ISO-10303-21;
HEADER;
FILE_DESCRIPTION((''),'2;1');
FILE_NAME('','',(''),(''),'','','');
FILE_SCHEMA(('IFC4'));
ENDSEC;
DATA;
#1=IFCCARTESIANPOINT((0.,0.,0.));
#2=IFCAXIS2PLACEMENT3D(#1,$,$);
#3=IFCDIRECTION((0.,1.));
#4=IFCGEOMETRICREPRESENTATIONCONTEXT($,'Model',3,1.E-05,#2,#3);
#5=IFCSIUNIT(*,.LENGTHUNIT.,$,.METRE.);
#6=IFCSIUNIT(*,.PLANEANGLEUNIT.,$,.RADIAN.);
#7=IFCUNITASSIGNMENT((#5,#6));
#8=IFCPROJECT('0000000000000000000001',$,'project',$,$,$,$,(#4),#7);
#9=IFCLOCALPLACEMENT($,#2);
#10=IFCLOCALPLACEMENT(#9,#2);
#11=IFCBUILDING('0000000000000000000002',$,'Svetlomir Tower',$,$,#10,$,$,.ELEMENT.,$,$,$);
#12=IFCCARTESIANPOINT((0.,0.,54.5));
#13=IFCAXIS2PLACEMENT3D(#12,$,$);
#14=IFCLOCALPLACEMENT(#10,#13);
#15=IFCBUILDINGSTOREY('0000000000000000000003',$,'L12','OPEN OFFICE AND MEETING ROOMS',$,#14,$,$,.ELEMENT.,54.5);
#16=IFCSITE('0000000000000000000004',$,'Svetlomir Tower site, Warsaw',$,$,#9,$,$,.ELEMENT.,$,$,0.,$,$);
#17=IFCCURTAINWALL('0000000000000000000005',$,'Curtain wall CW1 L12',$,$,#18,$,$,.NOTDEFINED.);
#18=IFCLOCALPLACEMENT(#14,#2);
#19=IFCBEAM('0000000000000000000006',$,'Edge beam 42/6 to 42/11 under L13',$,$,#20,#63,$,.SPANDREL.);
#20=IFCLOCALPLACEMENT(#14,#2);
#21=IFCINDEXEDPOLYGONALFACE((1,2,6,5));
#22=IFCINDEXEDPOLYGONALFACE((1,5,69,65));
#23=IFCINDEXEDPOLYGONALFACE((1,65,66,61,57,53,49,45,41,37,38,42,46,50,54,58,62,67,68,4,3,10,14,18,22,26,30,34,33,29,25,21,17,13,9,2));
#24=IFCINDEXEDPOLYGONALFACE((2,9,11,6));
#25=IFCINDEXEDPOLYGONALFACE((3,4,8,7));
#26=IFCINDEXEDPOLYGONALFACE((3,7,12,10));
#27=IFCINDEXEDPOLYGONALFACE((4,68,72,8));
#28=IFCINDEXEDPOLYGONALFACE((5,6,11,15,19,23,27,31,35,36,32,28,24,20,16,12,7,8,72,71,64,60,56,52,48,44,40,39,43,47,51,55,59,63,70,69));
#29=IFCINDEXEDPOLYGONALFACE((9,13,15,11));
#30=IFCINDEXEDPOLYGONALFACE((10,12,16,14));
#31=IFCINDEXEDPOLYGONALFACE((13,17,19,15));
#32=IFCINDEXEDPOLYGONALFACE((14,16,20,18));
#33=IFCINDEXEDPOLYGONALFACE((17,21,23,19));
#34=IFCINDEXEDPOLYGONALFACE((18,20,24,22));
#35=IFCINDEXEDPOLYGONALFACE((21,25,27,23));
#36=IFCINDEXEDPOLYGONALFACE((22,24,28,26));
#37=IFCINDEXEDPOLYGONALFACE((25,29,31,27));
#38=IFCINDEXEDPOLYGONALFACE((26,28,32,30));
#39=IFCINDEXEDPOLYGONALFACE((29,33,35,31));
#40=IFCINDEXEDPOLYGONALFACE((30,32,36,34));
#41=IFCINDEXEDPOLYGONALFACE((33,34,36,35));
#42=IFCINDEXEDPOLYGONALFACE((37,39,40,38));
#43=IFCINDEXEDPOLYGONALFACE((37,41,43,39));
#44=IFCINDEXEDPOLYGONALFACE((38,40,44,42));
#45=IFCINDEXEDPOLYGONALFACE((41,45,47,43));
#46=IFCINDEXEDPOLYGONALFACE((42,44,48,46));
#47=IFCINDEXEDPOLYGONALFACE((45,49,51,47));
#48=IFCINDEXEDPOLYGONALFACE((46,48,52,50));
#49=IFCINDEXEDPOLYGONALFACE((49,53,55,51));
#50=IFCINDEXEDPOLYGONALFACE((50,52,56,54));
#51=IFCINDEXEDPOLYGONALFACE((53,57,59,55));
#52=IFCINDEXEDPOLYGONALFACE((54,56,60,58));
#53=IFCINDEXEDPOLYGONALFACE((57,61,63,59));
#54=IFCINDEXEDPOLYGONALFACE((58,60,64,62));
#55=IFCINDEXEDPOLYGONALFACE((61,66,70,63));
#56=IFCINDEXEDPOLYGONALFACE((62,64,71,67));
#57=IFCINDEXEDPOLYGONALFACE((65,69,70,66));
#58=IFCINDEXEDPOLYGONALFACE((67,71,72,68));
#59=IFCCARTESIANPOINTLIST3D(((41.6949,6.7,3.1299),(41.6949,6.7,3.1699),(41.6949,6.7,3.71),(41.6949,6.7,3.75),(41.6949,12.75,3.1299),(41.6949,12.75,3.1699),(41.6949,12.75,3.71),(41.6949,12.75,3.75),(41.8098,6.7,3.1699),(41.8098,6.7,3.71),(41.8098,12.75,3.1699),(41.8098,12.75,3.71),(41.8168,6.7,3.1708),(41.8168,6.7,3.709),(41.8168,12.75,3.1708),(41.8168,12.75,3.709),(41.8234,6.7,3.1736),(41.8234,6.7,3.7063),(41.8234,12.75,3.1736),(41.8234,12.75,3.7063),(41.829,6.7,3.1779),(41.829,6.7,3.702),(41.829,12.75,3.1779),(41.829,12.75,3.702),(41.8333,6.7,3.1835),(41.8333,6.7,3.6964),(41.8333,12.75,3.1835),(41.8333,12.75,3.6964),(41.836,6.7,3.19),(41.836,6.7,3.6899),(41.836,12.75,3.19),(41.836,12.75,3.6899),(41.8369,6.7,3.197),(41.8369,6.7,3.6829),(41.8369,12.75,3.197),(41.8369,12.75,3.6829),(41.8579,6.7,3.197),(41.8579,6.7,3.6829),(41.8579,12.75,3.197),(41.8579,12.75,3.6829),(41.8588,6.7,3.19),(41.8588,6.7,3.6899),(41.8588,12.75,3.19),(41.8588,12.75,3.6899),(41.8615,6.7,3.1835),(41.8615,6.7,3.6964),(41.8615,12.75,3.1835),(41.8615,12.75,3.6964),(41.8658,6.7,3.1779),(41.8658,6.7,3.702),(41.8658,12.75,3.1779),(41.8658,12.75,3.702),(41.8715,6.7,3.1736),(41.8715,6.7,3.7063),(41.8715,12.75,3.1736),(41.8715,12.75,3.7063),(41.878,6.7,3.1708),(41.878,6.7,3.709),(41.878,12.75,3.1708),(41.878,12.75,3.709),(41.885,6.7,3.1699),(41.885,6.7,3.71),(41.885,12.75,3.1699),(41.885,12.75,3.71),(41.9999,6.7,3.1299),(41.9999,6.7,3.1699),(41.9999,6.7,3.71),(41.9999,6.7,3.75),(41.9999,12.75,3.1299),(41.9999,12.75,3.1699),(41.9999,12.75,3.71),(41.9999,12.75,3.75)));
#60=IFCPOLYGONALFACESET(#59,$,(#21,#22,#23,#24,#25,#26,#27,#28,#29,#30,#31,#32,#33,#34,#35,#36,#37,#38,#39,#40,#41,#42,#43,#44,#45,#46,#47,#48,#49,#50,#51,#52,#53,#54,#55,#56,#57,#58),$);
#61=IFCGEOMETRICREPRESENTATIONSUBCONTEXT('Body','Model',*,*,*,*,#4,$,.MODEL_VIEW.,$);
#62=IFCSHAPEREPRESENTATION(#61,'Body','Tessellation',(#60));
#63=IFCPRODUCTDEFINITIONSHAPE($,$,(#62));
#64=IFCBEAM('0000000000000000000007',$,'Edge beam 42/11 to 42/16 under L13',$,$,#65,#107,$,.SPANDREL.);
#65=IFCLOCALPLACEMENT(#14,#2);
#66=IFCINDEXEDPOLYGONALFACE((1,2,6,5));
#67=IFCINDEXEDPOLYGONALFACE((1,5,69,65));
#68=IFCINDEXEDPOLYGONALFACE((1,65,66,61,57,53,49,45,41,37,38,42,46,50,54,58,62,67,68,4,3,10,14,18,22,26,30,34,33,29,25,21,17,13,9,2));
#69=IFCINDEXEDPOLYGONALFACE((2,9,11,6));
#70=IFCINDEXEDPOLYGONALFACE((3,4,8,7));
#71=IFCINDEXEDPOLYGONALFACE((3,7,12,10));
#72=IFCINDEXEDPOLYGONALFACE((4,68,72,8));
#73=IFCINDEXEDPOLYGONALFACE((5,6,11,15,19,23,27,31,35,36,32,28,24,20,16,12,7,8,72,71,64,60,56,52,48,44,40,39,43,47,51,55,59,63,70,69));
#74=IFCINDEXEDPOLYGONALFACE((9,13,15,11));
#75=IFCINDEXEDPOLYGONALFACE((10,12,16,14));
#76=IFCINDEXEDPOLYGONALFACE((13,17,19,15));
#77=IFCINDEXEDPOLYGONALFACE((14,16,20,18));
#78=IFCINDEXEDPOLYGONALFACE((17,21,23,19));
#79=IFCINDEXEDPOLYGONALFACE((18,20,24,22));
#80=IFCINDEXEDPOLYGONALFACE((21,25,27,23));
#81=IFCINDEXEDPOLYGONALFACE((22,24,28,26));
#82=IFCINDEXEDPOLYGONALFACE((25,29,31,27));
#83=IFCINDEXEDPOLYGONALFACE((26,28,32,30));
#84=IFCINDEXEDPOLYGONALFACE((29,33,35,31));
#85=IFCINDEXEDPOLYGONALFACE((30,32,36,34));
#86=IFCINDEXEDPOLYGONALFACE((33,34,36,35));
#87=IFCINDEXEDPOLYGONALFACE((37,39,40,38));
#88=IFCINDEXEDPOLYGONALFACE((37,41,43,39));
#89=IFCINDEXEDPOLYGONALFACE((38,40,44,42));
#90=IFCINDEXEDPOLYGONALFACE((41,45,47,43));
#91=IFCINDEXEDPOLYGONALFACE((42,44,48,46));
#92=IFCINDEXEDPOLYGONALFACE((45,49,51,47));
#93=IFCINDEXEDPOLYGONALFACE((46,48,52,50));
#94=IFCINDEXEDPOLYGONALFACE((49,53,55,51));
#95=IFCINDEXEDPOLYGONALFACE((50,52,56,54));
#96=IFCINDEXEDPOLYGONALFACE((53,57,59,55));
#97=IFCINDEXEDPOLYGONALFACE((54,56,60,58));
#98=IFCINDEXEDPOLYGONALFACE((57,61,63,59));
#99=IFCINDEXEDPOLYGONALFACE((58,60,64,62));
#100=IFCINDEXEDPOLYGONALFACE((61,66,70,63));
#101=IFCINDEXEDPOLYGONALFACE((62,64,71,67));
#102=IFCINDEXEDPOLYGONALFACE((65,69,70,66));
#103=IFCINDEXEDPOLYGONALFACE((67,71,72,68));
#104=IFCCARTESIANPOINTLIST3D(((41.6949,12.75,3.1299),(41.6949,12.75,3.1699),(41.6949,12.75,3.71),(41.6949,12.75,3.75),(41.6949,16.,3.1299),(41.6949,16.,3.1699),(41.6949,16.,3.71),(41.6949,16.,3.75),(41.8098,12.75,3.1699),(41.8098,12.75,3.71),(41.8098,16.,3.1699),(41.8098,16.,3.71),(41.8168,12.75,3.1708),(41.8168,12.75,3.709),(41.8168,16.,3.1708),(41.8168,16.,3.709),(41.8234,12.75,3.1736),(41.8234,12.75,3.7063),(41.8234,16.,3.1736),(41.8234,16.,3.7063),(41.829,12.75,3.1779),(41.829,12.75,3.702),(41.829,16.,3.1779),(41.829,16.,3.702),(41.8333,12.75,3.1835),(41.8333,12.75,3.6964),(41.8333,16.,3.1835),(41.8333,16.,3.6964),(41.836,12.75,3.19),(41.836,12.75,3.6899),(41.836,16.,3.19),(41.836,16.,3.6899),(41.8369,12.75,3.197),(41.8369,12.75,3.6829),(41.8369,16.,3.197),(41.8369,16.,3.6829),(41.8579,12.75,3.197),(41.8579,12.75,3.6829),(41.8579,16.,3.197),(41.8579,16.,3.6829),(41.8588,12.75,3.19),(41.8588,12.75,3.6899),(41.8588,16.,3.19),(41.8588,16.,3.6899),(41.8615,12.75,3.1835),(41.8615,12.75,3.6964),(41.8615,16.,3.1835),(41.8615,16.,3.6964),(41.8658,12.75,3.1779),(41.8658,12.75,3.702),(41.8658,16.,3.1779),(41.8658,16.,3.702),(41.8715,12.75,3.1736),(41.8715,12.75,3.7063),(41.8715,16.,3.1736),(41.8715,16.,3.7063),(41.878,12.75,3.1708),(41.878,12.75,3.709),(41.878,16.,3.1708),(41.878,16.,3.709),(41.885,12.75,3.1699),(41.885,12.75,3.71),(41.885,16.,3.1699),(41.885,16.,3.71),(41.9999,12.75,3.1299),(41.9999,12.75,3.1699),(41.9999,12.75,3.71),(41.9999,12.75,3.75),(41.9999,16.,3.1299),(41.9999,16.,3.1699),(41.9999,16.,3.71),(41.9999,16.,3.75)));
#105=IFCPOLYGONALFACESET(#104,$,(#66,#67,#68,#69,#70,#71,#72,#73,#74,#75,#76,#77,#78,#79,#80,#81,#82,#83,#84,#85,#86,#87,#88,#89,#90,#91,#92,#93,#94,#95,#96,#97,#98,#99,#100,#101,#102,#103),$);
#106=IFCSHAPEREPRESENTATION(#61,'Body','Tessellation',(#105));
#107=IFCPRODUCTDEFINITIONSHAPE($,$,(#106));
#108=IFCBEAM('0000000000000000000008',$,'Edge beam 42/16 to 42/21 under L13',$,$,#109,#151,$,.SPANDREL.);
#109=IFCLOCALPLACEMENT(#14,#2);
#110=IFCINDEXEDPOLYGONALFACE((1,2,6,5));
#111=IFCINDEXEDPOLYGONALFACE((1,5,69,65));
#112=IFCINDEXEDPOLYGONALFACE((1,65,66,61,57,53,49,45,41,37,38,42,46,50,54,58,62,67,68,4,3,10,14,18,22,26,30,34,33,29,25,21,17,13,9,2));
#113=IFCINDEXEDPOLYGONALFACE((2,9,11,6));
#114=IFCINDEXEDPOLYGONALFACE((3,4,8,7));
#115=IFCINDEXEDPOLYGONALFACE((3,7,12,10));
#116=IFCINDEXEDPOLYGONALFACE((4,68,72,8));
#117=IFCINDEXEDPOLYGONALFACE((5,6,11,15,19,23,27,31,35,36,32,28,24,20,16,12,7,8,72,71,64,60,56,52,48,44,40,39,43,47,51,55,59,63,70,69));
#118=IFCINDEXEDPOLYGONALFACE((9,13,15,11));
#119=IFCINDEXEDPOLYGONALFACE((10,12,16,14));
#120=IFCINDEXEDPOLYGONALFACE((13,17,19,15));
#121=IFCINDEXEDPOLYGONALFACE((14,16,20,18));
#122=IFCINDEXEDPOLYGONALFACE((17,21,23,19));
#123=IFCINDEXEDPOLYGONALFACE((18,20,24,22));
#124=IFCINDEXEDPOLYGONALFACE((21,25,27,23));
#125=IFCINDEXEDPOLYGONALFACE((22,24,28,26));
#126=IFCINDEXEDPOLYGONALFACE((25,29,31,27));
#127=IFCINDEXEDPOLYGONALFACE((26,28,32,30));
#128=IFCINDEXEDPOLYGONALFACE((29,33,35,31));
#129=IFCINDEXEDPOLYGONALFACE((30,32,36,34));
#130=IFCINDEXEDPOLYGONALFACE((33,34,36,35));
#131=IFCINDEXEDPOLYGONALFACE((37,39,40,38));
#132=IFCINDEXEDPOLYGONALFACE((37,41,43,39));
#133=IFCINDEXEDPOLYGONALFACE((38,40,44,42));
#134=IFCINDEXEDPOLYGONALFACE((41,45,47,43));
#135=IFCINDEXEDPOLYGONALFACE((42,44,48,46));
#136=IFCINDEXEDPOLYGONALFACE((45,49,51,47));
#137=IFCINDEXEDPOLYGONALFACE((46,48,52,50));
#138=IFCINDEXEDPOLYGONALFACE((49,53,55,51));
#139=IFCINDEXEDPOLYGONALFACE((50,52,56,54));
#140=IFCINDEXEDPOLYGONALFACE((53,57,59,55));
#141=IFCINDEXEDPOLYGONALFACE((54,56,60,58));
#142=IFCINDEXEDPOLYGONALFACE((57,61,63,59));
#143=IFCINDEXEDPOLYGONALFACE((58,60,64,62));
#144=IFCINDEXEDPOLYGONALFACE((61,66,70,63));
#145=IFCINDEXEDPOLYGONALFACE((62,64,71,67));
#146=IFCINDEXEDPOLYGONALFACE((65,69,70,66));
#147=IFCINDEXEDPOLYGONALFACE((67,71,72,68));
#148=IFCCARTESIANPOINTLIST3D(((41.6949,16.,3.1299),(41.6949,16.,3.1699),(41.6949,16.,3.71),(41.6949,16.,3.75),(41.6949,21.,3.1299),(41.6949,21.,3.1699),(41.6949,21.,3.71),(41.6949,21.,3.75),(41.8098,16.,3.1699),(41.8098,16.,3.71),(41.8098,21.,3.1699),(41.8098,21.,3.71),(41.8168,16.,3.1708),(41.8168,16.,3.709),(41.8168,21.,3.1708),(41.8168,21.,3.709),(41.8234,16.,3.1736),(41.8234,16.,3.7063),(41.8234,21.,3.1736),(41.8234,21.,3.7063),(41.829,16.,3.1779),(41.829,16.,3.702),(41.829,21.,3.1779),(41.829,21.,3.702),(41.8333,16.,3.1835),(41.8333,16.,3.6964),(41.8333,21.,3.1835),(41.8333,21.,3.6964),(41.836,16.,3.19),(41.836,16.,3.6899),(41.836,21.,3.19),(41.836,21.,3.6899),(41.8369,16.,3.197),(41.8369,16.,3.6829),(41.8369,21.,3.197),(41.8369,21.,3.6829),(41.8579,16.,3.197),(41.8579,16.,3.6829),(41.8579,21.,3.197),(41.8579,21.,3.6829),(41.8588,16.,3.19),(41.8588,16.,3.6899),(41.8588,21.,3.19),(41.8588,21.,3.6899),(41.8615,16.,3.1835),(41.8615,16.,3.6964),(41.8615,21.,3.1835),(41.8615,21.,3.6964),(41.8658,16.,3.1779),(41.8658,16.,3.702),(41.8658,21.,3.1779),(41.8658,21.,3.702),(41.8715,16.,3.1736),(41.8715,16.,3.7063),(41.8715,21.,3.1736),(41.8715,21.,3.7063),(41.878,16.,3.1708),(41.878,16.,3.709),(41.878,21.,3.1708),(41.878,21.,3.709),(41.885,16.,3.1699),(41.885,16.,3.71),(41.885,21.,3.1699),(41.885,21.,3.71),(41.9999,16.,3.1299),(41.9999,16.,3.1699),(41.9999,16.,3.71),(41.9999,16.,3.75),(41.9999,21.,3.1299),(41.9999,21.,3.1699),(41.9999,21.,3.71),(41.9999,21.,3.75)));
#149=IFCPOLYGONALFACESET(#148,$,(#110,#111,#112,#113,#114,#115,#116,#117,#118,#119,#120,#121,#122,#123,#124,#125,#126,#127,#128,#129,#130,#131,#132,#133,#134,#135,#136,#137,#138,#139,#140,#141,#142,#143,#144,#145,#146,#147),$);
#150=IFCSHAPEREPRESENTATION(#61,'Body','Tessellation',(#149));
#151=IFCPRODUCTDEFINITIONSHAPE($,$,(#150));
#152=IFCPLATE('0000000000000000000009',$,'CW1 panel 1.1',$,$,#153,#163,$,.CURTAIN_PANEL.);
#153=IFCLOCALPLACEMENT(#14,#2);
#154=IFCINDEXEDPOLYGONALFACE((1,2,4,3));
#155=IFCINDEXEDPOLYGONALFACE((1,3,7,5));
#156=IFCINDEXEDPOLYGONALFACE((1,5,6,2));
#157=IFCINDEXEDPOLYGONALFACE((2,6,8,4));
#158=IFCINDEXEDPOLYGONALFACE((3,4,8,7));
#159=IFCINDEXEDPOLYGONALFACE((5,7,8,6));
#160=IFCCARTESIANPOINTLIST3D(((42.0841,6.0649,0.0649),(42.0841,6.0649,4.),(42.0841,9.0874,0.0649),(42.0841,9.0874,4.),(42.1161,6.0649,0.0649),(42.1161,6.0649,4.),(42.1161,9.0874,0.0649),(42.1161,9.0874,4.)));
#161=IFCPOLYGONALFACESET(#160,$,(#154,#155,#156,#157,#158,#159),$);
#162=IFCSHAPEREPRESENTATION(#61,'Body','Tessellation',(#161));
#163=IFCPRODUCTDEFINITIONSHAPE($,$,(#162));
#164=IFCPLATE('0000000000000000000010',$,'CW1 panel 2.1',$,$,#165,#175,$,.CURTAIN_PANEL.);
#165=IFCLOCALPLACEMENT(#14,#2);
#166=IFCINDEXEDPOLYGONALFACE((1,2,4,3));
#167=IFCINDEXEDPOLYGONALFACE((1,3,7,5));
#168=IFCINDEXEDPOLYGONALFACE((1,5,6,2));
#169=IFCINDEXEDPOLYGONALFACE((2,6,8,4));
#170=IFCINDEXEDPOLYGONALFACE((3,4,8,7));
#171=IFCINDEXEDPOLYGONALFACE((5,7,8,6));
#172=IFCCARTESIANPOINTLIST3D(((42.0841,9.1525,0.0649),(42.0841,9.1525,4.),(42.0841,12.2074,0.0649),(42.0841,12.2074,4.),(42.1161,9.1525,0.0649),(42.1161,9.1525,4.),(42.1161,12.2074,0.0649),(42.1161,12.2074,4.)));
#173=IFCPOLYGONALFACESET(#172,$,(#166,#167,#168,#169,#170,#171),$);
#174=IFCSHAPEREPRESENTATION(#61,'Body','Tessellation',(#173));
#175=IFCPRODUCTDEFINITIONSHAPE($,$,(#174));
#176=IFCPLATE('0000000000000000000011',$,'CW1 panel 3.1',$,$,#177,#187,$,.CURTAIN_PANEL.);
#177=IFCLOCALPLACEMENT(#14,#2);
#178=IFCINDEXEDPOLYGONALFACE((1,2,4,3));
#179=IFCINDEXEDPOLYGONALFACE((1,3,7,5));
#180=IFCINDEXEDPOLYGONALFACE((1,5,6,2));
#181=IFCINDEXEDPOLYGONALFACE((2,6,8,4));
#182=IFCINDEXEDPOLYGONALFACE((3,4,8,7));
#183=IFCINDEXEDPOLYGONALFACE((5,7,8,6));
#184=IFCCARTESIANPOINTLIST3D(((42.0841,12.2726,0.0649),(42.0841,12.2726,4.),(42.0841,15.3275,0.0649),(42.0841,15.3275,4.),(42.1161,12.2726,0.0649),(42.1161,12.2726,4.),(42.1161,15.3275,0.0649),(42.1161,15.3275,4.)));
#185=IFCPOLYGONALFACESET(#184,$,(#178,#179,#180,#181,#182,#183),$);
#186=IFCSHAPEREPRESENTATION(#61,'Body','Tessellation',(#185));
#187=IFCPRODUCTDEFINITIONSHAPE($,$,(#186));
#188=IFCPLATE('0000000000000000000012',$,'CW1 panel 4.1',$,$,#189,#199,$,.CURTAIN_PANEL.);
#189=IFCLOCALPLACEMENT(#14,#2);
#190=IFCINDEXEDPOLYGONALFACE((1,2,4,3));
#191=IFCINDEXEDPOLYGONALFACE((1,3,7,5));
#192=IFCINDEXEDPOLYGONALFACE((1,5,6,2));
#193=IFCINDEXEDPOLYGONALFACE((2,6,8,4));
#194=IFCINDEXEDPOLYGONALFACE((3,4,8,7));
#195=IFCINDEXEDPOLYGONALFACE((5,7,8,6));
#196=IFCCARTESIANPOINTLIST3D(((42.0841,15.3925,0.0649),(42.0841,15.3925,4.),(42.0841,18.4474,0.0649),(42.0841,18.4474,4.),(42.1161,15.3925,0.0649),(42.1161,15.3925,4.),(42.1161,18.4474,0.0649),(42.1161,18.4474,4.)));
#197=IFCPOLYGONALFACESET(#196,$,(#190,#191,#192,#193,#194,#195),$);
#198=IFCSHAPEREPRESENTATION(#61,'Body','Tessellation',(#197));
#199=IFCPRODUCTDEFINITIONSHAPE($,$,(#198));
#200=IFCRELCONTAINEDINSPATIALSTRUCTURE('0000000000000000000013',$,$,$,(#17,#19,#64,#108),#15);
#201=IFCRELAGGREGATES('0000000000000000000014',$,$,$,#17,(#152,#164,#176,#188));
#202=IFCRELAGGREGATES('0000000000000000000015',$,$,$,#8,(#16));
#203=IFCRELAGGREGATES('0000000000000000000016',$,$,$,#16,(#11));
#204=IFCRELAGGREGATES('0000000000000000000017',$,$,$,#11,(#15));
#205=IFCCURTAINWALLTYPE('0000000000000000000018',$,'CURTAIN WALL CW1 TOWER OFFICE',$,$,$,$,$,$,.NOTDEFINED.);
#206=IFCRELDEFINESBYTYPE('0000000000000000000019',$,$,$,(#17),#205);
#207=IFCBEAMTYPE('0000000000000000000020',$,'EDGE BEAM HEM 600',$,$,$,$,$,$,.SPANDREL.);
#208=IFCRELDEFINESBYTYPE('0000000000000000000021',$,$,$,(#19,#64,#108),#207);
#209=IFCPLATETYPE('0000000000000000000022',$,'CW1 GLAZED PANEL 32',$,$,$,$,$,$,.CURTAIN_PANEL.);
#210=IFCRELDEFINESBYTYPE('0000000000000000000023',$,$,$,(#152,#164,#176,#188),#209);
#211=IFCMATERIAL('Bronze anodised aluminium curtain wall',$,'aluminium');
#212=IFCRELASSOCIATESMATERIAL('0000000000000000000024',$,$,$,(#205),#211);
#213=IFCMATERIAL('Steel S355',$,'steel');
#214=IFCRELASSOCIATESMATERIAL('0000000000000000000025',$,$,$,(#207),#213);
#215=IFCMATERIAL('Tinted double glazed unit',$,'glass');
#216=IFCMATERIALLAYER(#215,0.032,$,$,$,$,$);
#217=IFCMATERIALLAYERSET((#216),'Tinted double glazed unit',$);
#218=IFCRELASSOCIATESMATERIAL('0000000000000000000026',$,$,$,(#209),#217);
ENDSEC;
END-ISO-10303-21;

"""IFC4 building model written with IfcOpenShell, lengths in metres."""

from ifc_helpers import new_model, si_unit, direction, frame, origin, origin_2d, place, context, subcontext, project, spatial, rectangle, i_section, extrude, material, layer, layer_set, material_profile, profile_set, type_object, element, aggregate, save


model = new_model("IFC4")

# Units and contexts
model_context = context("Model", 3, precision=1e-05, world=origin(), true_north=direction((0.0, 1.0)))
body_context = subcontext(model_context, "Body", "Model", "MODEL_VIEW")
ifc_project = project(units=[si_unit("LENGTHUNIT", "METRE"), si_unit("PLANEANGLEUNIT", "RADIAN")], contexts=[model_context])

# Site, building, storey
site_placement = place(None, origin())
site = spatial("IfcSite", under=ifc_project, at=site_placement, Name="Svetlomir Tower site, Warsaw", CompositionType="ELEMENT", RefElevation=0.0)
building_placement = place(site_placement, origin())
building = spatial("IfcBuilding", under=site, at=building_placement, Name="Svetlomir Tower", CompositionType="ELEMENT")
storey_placement = place(building_placement, frame((0.0, 0.0, 54.5)))
storey = spatial("IfcBuildingStorey", under=building, at=storey_placement, Name="L12", Description="OPEN OFFICE AND MEETING ROOMS", CompositionType="ELEMENT", Elevation=54.5)

# Curtain wall
ifc_material_1 = material(Name="Bronze anodised aluminium curtain wall", Category="aluminium")
curtain_wall_type = type_object("IfcCurtainWallType", Name="CURTAIN WALL CW1 TOWER OFFICE", PredefinedType="NOTDEFINED", material=ifc_material_1)
curtain_wall_placement = place(storey_placement, origin())
curtain_wall = element("IfcCurtainWall", 1, at=curtain_wall_placement, inside=storey, type_object=curtain_wall_type, Name="Curtain wall CW1 L12", PredefinedType="NOTDEFINED")

# Beams
ifc_material_2 = material(Name="Steel S355", Category="steel")
ifc_material_profile_1 = material_profile(ifc_material_2, i_section(OverallWidth=0.3049, OverallDepth=0.6201, WebThickness=0.021, FlangeThickness=0.04, FilletRadius=0.0271, at=origin_2d()), Name="HEM 600")
ifc_profile_set_1 = profile_set([ifc_material_profile_1], Name="Steel S355")
beam_type = type_object("IfcBeamType", Name="EDGE BEAM HEM 600", PredefinedType="SPANDREL", material=ifc_profile_set_1)
beam_1_placement = place(storey_placement, frame((41.8474, 6.7, 3.4399), z_axis=(0.0, 1.0, 0.0), x_axis=(-1.0, 0.0, 0.0)))
element("IfcBeam", 2, at=beam_1_placement, inside=storey, type_object=beam_type, Name="Edge beam 42/6 to 42/11 under L13", PredefinedType="SPANDREL", context=body_context, shape_type="SweptSolid", body=[
    extrude(i_section(OverallWidth=0.3049, OverallDepth=0.6201, WebThickness=0.021, FlangeThickness=0.04, FilletRadius=0.0271, at=origin_2d()), origin(), (0.0, 0.0, 1.0), 6.05),
])
beam_2_placement = place(storey_placement, frame((41.8474, 12.75, 3.4399), z_axis=(0.0, 1.0, 0.0), x_axis=(-1.0, 0.0, 0.0)))
element("IfcBeam", 3, at=beam_2_placement, inside=storey, type_object=beam_type, Name="Edge beam 42/11 to 42/16 under L13", PredefinedType="SPANDREL", context=body_context, shape_type="SweptSolid", body=[
    extrude(i_section(OverallWidth=0.3049, OverallDepth=0.6201, WebThickness=0.021, FlangeThickness=0.04, FilletRadius=0.0271, at=origin_2d()), origin(), (0.0, 0.0, 1.0), 3.25),
])
beam_3_placement = place(storey_placement, frame((41.8474, 16.0, 3.4399), z_axis=(0.0, 1.0, 0.0), x_axis=(-1.0, 0.0, 0.0)))
element("IfcBeam", 4, at=beam_3_placement, inside=storey, type_object=beam_type, Name="Edge beam 42/16 to 42/21 under L13", PredefinedType="SPANDREL", context=body_context, shape_type="SweptSolid", body=[
    extrude(i_section(OverallWidth=0.3049, OverallDepth=0.6201, WebThickness=0.021, FlangeThickness=0.04, FilletRadius=0.0271, at=origin_2d()), origin(), (0.0, 0.0, 1.0), 5.0),
])

# Plates
ifc_material_3 = material(Name="Tinted double glazed unit", Category="glass")
ifc_layer_1 = layer(ifc_material_3, 0.032)
ifc_layer_set_1 = layer_set([ifc_layer_1], Name="Tinted double glazed unit")
plate_type = type_object("IfcPlateType", Name="CW1 GLAZED PANEL 32", PredefinedType="CURTAIN_PANEL", material=ifc_layer_set_1)
plate_1_placement = place(storey_placement, frame((42.1001, 7.5762, 0.0649), z_axis=(0.0, 0.0, 1.0), x_axis=(0.0, 1.0, 0.0)))
plate_1 = element("IfcPlate", 5, at=plate_1_placement, type_object=plate_type, Name="CW1 panel 1.1", PredefinedType="CURTAIN_PANEL", context=body_context, shape_type="SweptSolid", body=[
    extrude(rectangle(XDim=3.0225, YDim=0.032, at=origin_2d()), origin(), (0.0, 0.0, 1.0), 3.9351),
])
plate_2_placement = place(storey_placement, frame((42.1001, 10.6799, 0.0649), z_axis=(0.0, 0.0, 1.0), x_axis=(0.0, 1.0, 0.0)))
plate_2 = element("IfcPlate", 6, at=plate_2_placement, type_object=plate_type, Name="CW1 panel 2.1", PredefinedType="CURTAIN_PANEL", context=body_context, shape_type="SweptSolid", body=[
    extrude(rectangle(XDim=3.0549, YDim=0.032, at=origin_2d()), origin(), (0.0, 0.0, 1.0), 3.9351),
])
plate_3_placement = place(storey_placement, frame((42.1001, 13.8, 0.0649), z_axis=(0.0, 0.0, 1.0), x_axis=(0.0, 1.0, 0.0)))
plate_3 = element("IfcPlate", 7, at=plate_3_placement, type_object=plate_type, Name="CW1 panel 3.1", PredefinedType="CURTAIN_PANEL", context=body_context, shape_type="SweptSolid", body=[
    extrude(rectangle(XDim=3.0549, YDim=0.032, at=origin_2d()), origin(), (0.0, 0.0, 1.0), 3.9351),
])
plate_4_placement = place(storey_placement, frame((42.1001, 16.9199, 0.0649), z_axis=(0.0, 0.0, 1.0), x_axis=(0.0, 1.0, 0.0)))
plate_4 = element("IfcPlate", 8, at=plate_4_placement, type_object=plate_type, Name="CW1 panel 4.1", PredefinedType="CURTAIN_PANEL", context=body_context, shape_type="SweptSolid", body=[
    extrude(rectangle(XDim=3.0549, YDim=0.032, at=origin_2d()), origin(), (0.0, 0.0, 1.0), 3.9351),
])
aggregate(curtain_wall, [plate_1, plate_2, plate_3, plate_4])

save(model, "model.ifc")
